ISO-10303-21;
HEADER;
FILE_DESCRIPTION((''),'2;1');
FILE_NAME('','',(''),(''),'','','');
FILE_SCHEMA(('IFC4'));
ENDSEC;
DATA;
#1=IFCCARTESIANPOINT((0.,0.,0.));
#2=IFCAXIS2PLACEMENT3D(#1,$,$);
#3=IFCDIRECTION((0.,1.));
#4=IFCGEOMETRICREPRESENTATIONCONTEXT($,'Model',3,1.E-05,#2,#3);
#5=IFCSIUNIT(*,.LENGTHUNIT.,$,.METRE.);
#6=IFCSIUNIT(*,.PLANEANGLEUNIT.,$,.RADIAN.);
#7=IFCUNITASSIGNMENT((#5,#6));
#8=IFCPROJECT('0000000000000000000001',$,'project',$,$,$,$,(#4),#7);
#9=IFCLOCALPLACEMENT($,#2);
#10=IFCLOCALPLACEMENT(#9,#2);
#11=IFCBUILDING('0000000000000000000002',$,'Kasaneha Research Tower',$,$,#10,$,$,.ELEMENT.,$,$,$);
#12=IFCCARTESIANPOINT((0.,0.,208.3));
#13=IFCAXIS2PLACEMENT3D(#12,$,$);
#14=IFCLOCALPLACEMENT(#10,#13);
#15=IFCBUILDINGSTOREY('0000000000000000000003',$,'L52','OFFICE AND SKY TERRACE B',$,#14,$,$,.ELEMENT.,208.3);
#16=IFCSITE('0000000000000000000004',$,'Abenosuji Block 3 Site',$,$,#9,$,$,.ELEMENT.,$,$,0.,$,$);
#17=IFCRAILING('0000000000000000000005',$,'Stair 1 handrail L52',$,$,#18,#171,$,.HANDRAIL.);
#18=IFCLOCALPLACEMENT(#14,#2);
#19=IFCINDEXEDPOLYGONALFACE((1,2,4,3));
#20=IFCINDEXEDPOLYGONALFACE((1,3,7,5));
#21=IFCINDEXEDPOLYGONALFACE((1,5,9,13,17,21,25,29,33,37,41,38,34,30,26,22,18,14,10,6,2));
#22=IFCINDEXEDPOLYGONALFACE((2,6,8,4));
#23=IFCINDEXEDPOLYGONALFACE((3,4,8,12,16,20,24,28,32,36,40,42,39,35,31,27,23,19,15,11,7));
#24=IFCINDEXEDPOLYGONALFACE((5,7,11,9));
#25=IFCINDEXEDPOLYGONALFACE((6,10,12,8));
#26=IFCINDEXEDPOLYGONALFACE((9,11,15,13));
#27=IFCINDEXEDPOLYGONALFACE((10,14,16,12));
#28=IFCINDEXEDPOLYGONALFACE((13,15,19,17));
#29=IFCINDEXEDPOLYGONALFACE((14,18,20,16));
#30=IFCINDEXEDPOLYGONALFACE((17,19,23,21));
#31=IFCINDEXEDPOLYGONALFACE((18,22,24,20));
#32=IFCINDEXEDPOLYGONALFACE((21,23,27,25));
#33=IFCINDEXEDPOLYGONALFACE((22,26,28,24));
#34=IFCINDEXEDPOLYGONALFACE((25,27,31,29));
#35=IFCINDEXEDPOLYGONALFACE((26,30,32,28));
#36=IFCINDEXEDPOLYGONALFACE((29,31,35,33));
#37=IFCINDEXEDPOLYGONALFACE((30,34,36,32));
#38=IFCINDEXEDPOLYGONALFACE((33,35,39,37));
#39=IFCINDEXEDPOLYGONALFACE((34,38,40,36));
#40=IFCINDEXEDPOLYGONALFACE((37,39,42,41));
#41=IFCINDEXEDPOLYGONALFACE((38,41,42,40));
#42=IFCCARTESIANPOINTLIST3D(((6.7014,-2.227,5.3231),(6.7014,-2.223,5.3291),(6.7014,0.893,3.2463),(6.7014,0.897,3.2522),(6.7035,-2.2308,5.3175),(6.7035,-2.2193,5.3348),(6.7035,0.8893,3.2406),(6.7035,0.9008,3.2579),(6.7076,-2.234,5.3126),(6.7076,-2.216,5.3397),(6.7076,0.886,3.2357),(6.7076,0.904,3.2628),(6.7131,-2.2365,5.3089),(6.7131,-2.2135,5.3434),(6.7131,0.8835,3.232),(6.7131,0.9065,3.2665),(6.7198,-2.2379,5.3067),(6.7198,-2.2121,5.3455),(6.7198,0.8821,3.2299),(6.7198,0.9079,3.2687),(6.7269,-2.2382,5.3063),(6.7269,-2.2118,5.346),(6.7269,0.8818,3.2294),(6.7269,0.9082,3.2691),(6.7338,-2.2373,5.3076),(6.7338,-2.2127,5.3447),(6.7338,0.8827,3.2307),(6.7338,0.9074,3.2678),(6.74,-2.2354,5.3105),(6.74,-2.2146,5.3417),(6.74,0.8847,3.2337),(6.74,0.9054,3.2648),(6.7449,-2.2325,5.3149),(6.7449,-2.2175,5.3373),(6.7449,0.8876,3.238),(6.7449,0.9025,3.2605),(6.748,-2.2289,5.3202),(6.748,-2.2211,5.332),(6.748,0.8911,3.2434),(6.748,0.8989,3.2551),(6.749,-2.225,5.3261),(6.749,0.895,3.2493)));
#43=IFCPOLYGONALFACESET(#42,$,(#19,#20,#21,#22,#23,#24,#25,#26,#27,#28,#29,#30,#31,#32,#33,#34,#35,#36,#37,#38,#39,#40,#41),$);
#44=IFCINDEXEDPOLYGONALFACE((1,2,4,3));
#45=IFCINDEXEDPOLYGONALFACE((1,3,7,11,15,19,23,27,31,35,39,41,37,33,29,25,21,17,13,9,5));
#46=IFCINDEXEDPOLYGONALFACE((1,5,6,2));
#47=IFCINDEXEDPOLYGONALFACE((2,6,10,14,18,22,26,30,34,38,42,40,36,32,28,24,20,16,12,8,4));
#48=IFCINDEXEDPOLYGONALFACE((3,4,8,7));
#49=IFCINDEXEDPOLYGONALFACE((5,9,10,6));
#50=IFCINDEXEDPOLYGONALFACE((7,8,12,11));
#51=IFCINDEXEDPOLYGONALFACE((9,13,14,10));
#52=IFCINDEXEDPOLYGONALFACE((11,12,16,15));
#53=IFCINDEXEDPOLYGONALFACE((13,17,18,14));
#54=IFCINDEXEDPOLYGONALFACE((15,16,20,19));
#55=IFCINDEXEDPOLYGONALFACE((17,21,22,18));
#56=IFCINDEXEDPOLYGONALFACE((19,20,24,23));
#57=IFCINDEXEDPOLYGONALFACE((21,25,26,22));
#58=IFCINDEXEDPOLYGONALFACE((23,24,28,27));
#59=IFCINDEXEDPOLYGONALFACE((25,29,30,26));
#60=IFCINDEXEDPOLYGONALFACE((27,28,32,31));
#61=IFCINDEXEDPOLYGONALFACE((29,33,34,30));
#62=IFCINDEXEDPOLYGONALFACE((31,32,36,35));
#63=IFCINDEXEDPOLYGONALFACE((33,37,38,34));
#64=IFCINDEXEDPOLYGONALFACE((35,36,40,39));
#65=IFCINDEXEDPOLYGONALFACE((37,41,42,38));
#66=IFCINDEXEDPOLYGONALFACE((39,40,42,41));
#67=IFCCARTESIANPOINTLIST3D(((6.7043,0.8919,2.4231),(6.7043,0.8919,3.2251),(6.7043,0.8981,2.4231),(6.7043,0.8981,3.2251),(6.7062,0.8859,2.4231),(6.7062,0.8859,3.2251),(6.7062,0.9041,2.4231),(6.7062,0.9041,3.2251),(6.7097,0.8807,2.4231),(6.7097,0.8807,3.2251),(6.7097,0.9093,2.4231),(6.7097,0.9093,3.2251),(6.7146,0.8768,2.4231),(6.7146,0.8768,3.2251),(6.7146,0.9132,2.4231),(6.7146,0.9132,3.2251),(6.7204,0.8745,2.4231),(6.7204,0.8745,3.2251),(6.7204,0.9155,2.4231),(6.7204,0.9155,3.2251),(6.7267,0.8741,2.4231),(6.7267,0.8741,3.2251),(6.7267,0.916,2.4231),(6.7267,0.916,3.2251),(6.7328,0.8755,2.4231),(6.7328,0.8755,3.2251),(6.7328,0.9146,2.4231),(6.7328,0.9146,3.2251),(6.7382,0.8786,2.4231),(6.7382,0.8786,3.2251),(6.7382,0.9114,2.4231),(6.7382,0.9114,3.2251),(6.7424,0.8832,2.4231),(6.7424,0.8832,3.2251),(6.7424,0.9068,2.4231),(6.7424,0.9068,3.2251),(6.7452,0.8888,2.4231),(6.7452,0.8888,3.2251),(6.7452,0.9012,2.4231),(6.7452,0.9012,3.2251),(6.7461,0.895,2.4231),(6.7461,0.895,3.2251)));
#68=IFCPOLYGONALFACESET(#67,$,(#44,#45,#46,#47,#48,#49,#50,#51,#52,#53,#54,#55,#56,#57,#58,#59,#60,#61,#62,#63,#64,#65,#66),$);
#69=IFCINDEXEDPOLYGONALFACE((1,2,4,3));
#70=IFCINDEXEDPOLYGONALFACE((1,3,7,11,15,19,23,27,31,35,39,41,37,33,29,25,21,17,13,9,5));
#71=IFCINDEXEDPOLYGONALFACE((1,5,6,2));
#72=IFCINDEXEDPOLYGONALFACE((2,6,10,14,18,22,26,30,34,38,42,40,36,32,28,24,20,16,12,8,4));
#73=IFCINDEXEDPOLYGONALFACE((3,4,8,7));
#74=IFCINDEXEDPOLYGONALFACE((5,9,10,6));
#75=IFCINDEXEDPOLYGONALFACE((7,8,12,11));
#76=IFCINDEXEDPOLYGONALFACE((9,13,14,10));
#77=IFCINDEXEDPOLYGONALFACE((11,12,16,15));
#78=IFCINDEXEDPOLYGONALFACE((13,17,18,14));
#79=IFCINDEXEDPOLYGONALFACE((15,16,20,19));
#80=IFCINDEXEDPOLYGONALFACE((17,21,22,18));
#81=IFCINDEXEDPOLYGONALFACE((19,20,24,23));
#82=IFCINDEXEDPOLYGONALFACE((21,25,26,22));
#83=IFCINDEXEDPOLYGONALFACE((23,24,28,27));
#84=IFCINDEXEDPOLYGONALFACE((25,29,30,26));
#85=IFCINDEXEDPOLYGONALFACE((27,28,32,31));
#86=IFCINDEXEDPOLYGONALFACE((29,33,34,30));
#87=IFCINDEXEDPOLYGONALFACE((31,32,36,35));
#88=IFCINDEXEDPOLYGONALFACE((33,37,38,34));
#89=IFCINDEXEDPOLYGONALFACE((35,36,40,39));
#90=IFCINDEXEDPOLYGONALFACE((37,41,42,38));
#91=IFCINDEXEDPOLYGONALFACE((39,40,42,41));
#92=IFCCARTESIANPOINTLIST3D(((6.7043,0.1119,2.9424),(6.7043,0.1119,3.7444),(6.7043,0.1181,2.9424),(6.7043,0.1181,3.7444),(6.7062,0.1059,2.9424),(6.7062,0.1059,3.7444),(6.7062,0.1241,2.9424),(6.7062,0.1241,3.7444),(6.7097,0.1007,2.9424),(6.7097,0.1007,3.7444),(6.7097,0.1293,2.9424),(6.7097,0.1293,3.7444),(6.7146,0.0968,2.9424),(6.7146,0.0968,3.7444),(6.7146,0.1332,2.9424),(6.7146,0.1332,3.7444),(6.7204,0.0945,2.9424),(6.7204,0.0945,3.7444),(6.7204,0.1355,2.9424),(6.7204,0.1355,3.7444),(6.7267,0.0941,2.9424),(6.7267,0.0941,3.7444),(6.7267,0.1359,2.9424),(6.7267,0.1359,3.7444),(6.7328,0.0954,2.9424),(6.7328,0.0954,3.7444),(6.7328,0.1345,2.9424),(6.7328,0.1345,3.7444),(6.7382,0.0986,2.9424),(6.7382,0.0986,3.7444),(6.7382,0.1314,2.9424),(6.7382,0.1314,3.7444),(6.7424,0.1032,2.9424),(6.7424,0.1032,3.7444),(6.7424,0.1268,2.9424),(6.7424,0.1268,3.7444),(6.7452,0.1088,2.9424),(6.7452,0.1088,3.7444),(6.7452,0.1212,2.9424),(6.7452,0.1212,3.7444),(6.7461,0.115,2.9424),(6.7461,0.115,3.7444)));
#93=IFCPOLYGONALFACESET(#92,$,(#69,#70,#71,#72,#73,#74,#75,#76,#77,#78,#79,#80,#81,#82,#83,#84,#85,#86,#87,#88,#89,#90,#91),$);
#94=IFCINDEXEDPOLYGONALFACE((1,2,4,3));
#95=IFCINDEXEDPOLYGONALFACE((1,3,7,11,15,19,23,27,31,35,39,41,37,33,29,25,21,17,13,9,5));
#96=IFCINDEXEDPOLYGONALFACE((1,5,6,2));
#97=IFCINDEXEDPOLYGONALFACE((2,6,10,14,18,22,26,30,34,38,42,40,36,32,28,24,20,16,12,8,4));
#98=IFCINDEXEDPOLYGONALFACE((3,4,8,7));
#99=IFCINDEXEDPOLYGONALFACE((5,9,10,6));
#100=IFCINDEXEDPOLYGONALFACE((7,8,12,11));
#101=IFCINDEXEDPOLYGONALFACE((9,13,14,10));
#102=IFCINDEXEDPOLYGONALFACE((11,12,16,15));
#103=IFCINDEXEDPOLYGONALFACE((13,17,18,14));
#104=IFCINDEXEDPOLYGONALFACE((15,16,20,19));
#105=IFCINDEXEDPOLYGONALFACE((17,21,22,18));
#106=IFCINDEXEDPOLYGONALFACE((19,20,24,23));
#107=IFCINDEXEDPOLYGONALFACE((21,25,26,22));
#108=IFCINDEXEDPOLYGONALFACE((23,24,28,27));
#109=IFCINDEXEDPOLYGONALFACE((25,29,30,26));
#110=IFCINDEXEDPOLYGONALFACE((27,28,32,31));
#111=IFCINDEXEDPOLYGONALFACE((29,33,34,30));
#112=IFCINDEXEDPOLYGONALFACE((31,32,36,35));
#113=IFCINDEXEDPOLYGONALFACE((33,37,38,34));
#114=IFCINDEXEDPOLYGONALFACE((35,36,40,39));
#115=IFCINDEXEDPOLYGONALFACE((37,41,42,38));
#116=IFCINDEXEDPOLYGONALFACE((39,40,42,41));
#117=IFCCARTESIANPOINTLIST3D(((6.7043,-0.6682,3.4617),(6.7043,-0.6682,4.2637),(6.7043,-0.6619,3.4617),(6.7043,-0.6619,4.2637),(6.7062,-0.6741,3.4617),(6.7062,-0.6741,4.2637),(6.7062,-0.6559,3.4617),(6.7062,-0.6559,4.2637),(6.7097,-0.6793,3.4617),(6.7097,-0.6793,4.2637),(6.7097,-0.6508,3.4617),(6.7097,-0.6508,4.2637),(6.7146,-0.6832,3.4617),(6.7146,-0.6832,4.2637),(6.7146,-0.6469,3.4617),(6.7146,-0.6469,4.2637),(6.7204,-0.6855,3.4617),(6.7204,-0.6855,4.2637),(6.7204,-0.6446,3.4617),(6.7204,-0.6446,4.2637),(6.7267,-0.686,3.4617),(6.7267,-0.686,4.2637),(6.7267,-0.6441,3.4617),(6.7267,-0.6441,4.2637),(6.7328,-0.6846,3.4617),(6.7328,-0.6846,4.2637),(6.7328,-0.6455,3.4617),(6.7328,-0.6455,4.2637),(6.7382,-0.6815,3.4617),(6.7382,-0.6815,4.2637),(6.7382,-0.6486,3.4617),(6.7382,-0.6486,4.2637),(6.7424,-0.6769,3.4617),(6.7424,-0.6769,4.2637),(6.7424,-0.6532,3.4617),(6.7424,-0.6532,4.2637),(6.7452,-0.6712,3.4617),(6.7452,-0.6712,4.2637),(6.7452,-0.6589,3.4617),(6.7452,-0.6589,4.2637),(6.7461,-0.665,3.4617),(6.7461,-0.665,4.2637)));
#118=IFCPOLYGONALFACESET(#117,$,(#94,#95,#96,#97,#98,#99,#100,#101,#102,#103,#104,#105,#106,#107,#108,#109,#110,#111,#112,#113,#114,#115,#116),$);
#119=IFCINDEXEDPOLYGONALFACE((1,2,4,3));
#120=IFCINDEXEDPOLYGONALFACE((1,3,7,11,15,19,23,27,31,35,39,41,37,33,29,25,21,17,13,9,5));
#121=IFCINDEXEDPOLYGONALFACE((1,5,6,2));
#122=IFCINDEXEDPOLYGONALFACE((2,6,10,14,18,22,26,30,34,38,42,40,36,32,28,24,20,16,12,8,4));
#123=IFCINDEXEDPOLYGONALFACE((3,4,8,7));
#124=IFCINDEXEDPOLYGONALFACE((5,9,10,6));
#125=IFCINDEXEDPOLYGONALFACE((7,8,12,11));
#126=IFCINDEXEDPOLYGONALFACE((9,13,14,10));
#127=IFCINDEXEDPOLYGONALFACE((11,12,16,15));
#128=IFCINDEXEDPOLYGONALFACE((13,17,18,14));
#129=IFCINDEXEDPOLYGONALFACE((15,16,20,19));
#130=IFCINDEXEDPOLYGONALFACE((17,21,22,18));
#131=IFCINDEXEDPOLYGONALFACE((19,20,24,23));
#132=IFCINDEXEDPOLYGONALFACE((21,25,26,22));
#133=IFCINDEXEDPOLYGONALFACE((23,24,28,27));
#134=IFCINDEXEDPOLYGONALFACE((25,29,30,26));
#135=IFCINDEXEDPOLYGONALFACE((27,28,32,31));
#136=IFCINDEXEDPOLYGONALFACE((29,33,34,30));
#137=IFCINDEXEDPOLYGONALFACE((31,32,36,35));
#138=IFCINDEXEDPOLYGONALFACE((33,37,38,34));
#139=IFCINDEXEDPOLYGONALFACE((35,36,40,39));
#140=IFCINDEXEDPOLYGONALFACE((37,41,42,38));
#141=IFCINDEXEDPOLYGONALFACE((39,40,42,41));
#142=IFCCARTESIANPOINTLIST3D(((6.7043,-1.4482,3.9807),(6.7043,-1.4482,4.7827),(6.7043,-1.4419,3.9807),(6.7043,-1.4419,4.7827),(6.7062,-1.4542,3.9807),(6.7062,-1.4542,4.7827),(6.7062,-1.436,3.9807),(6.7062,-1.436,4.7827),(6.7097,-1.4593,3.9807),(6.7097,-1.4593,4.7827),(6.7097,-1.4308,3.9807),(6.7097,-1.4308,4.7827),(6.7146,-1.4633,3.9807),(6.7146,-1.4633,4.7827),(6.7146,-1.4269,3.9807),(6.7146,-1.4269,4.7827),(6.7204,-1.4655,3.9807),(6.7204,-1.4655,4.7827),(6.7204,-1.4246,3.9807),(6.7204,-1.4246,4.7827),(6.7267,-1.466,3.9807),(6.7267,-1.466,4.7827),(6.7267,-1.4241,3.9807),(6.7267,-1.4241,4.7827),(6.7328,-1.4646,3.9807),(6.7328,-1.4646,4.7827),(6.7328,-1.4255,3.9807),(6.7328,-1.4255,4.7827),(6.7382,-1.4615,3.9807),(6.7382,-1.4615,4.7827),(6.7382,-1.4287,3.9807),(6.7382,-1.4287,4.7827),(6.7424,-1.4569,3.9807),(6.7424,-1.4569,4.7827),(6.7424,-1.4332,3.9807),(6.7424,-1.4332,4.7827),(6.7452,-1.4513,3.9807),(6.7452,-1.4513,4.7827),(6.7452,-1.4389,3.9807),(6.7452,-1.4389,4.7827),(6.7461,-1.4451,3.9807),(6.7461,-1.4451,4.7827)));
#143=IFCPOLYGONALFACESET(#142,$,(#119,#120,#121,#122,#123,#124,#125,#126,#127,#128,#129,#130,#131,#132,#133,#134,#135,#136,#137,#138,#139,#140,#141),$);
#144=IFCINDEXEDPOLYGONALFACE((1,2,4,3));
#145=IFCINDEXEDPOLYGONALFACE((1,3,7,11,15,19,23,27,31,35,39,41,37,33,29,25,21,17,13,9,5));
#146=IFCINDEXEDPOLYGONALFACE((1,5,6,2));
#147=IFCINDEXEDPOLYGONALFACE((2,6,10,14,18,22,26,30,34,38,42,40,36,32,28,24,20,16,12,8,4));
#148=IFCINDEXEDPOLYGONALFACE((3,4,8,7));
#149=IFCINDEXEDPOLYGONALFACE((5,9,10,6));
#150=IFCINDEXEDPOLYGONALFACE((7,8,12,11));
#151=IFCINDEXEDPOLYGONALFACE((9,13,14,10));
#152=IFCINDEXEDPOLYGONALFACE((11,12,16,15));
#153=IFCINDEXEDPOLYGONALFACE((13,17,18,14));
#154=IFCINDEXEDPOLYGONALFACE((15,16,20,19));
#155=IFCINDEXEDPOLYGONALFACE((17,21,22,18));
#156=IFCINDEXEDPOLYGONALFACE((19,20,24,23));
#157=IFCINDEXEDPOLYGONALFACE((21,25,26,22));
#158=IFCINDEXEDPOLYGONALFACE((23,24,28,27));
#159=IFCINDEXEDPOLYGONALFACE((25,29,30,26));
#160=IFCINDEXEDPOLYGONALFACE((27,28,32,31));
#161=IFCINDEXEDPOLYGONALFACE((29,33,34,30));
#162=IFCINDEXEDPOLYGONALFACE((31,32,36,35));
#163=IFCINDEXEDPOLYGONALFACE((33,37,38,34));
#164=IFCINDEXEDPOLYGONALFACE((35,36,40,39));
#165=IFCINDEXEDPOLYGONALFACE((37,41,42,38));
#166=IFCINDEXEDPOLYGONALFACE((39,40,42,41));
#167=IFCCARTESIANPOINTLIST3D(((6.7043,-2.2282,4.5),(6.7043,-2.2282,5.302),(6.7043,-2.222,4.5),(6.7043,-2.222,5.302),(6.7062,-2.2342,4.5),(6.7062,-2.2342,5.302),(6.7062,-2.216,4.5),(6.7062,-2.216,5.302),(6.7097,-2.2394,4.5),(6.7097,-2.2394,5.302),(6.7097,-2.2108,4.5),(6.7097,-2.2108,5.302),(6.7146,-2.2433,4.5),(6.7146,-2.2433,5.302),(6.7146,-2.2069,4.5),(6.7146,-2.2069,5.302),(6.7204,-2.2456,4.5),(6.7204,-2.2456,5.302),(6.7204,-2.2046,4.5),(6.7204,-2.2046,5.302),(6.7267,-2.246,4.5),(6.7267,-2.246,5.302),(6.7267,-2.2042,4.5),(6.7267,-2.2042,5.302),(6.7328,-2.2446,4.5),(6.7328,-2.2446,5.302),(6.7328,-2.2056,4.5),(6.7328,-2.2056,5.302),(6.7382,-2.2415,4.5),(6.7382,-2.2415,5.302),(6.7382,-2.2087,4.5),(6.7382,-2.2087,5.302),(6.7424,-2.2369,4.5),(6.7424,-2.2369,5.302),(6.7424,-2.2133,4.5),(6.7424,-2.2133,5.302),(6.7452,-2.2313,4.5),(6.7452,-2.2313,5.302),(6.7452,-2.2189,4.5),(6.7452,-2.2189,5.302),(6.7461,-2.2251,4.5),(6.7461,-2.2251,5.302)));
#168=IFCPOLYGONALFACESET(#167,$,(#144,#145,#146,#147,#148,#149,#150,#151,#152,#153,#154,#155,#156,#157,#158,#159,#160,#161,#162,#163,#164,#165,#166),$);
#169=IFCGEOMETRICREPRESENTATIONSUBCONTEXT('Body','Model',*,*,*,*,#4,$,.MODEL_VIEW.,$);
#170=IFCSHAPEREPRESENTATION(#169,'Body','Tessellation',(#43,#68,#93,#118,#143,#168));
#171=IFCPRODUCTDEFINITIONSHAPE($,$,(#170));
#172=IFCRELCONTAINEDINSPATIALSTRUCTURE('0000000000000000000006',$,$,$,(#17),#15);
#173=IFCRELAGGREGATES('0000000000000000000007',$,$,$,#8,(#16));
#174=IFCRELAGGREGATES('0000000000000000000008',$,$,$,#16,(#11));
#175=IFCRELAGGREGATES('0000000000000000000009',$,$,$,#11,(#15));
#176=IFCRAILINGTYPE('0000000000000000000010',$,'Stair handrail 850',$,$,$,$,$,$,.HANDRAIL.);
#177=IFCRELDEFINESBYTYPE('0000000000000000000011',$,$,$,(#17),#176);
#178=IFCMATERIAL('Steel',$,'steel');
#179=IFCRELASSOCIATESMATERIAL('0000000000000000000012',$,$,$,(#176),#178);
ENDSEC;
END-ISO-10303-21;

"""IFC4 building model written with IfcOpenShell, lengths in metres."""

from ifc_helpers import new_model, si_unit, direction, frame, origin, origin_2d, place, context, subcontext, project, spatial, circle, extrude, material, type_object, element, save


model = new_model("IFC4")

# Units and contexts
model_context = context("Model", 3, precision=1e-05, world=origin(), true_north=direction((0.0, 1.0)))
body_context = subcontext(model_context, "Body", "Model", "MODEL_VIEW")
ifc_project = project(units=[si_unit("LENGTHUNIT", "METRE"), si_unit("PLANEANGLEUNIT", "RADIAN")], contexts=[model_context])

# Site, building, storey
site_placement = place(None, origin())
site = spatial("IfcSite", under=ifc_project, at=site_placement, Name="Abenosuji Block 3 Site", CompositionType="ELEMENT", RefElevation=0.0)
building_placement = place(site_placement, origin())
building = spatial("IfcBuilding", under=site, at=building_placement, Name="Kasaneha Research Tower", CompositionType="ELEMENT")
storey_placement = place(building_placement, frame((0.0, 0.0, 208.3)))
storey = spatial("IfcBuildingStorey", under=building, at=storey_placement, Name="L52", Description="OFFICE AND SKY TERRACE B", CompositionType="ELEMENT", Elevation=208.3)

# Railing
ifc_material_1 = material(Name="Steel", Category="steel")
railing_type_1 = type_object("IfcRailingType", Name="Stair handrail 850", PredefinedType="HANDRAIL", material=ifc_material_1)
railing_1_placement = place(storey_placement, frame((6.7251, 0.895, 2.4231)))
element("IfcRailing", 1, at=railing_1_placement, inside=storey, type_object=railing_type_1, Name="Stair 1 handrail L52", PredefinedType="HANDRAIL", context=body_context, shape_type="SweptSolid", body=[
    extrude(circle(Radius=0.0239, at=origin_2d()), frame((0.0, 0.0, 0.8262), z_axis=(0.0, -0.832441, 0.554114), x_axis=(1.0, 0.0, 0.0)), (0.0, 0.0, 1.0), 3.748),
    extrude(circle(Radius=0.021, at=origin_2d()), origin(), (0.0, 0.0, 1.0), 0.802),
    extrude(circle(Radius=0.021, at=origin_2d()), frame((0.0, -0.78, 0.5193)), (0.0, 0.0, 1.0), 0.802),
    extrude(circle(Radius=0.021, at=origin_2d()), frame((0.0, -1.5601, 1.0386)), (0.0, 0.0, 1.0), 0.802),
    extrude(circle(Radius=0.021, at=origin_2d()), frame((0.0, -2.3401, 1.5576)), (0.0, 0.0, 1.0), 0.802),
    extrude(circle(Radius=0.021, at=origin_2d()), frame((0.0, -3.1201, 2.0769)), (0.0, 0.0, 1.0), 0.802),
])

save(model, "model.ifc")
